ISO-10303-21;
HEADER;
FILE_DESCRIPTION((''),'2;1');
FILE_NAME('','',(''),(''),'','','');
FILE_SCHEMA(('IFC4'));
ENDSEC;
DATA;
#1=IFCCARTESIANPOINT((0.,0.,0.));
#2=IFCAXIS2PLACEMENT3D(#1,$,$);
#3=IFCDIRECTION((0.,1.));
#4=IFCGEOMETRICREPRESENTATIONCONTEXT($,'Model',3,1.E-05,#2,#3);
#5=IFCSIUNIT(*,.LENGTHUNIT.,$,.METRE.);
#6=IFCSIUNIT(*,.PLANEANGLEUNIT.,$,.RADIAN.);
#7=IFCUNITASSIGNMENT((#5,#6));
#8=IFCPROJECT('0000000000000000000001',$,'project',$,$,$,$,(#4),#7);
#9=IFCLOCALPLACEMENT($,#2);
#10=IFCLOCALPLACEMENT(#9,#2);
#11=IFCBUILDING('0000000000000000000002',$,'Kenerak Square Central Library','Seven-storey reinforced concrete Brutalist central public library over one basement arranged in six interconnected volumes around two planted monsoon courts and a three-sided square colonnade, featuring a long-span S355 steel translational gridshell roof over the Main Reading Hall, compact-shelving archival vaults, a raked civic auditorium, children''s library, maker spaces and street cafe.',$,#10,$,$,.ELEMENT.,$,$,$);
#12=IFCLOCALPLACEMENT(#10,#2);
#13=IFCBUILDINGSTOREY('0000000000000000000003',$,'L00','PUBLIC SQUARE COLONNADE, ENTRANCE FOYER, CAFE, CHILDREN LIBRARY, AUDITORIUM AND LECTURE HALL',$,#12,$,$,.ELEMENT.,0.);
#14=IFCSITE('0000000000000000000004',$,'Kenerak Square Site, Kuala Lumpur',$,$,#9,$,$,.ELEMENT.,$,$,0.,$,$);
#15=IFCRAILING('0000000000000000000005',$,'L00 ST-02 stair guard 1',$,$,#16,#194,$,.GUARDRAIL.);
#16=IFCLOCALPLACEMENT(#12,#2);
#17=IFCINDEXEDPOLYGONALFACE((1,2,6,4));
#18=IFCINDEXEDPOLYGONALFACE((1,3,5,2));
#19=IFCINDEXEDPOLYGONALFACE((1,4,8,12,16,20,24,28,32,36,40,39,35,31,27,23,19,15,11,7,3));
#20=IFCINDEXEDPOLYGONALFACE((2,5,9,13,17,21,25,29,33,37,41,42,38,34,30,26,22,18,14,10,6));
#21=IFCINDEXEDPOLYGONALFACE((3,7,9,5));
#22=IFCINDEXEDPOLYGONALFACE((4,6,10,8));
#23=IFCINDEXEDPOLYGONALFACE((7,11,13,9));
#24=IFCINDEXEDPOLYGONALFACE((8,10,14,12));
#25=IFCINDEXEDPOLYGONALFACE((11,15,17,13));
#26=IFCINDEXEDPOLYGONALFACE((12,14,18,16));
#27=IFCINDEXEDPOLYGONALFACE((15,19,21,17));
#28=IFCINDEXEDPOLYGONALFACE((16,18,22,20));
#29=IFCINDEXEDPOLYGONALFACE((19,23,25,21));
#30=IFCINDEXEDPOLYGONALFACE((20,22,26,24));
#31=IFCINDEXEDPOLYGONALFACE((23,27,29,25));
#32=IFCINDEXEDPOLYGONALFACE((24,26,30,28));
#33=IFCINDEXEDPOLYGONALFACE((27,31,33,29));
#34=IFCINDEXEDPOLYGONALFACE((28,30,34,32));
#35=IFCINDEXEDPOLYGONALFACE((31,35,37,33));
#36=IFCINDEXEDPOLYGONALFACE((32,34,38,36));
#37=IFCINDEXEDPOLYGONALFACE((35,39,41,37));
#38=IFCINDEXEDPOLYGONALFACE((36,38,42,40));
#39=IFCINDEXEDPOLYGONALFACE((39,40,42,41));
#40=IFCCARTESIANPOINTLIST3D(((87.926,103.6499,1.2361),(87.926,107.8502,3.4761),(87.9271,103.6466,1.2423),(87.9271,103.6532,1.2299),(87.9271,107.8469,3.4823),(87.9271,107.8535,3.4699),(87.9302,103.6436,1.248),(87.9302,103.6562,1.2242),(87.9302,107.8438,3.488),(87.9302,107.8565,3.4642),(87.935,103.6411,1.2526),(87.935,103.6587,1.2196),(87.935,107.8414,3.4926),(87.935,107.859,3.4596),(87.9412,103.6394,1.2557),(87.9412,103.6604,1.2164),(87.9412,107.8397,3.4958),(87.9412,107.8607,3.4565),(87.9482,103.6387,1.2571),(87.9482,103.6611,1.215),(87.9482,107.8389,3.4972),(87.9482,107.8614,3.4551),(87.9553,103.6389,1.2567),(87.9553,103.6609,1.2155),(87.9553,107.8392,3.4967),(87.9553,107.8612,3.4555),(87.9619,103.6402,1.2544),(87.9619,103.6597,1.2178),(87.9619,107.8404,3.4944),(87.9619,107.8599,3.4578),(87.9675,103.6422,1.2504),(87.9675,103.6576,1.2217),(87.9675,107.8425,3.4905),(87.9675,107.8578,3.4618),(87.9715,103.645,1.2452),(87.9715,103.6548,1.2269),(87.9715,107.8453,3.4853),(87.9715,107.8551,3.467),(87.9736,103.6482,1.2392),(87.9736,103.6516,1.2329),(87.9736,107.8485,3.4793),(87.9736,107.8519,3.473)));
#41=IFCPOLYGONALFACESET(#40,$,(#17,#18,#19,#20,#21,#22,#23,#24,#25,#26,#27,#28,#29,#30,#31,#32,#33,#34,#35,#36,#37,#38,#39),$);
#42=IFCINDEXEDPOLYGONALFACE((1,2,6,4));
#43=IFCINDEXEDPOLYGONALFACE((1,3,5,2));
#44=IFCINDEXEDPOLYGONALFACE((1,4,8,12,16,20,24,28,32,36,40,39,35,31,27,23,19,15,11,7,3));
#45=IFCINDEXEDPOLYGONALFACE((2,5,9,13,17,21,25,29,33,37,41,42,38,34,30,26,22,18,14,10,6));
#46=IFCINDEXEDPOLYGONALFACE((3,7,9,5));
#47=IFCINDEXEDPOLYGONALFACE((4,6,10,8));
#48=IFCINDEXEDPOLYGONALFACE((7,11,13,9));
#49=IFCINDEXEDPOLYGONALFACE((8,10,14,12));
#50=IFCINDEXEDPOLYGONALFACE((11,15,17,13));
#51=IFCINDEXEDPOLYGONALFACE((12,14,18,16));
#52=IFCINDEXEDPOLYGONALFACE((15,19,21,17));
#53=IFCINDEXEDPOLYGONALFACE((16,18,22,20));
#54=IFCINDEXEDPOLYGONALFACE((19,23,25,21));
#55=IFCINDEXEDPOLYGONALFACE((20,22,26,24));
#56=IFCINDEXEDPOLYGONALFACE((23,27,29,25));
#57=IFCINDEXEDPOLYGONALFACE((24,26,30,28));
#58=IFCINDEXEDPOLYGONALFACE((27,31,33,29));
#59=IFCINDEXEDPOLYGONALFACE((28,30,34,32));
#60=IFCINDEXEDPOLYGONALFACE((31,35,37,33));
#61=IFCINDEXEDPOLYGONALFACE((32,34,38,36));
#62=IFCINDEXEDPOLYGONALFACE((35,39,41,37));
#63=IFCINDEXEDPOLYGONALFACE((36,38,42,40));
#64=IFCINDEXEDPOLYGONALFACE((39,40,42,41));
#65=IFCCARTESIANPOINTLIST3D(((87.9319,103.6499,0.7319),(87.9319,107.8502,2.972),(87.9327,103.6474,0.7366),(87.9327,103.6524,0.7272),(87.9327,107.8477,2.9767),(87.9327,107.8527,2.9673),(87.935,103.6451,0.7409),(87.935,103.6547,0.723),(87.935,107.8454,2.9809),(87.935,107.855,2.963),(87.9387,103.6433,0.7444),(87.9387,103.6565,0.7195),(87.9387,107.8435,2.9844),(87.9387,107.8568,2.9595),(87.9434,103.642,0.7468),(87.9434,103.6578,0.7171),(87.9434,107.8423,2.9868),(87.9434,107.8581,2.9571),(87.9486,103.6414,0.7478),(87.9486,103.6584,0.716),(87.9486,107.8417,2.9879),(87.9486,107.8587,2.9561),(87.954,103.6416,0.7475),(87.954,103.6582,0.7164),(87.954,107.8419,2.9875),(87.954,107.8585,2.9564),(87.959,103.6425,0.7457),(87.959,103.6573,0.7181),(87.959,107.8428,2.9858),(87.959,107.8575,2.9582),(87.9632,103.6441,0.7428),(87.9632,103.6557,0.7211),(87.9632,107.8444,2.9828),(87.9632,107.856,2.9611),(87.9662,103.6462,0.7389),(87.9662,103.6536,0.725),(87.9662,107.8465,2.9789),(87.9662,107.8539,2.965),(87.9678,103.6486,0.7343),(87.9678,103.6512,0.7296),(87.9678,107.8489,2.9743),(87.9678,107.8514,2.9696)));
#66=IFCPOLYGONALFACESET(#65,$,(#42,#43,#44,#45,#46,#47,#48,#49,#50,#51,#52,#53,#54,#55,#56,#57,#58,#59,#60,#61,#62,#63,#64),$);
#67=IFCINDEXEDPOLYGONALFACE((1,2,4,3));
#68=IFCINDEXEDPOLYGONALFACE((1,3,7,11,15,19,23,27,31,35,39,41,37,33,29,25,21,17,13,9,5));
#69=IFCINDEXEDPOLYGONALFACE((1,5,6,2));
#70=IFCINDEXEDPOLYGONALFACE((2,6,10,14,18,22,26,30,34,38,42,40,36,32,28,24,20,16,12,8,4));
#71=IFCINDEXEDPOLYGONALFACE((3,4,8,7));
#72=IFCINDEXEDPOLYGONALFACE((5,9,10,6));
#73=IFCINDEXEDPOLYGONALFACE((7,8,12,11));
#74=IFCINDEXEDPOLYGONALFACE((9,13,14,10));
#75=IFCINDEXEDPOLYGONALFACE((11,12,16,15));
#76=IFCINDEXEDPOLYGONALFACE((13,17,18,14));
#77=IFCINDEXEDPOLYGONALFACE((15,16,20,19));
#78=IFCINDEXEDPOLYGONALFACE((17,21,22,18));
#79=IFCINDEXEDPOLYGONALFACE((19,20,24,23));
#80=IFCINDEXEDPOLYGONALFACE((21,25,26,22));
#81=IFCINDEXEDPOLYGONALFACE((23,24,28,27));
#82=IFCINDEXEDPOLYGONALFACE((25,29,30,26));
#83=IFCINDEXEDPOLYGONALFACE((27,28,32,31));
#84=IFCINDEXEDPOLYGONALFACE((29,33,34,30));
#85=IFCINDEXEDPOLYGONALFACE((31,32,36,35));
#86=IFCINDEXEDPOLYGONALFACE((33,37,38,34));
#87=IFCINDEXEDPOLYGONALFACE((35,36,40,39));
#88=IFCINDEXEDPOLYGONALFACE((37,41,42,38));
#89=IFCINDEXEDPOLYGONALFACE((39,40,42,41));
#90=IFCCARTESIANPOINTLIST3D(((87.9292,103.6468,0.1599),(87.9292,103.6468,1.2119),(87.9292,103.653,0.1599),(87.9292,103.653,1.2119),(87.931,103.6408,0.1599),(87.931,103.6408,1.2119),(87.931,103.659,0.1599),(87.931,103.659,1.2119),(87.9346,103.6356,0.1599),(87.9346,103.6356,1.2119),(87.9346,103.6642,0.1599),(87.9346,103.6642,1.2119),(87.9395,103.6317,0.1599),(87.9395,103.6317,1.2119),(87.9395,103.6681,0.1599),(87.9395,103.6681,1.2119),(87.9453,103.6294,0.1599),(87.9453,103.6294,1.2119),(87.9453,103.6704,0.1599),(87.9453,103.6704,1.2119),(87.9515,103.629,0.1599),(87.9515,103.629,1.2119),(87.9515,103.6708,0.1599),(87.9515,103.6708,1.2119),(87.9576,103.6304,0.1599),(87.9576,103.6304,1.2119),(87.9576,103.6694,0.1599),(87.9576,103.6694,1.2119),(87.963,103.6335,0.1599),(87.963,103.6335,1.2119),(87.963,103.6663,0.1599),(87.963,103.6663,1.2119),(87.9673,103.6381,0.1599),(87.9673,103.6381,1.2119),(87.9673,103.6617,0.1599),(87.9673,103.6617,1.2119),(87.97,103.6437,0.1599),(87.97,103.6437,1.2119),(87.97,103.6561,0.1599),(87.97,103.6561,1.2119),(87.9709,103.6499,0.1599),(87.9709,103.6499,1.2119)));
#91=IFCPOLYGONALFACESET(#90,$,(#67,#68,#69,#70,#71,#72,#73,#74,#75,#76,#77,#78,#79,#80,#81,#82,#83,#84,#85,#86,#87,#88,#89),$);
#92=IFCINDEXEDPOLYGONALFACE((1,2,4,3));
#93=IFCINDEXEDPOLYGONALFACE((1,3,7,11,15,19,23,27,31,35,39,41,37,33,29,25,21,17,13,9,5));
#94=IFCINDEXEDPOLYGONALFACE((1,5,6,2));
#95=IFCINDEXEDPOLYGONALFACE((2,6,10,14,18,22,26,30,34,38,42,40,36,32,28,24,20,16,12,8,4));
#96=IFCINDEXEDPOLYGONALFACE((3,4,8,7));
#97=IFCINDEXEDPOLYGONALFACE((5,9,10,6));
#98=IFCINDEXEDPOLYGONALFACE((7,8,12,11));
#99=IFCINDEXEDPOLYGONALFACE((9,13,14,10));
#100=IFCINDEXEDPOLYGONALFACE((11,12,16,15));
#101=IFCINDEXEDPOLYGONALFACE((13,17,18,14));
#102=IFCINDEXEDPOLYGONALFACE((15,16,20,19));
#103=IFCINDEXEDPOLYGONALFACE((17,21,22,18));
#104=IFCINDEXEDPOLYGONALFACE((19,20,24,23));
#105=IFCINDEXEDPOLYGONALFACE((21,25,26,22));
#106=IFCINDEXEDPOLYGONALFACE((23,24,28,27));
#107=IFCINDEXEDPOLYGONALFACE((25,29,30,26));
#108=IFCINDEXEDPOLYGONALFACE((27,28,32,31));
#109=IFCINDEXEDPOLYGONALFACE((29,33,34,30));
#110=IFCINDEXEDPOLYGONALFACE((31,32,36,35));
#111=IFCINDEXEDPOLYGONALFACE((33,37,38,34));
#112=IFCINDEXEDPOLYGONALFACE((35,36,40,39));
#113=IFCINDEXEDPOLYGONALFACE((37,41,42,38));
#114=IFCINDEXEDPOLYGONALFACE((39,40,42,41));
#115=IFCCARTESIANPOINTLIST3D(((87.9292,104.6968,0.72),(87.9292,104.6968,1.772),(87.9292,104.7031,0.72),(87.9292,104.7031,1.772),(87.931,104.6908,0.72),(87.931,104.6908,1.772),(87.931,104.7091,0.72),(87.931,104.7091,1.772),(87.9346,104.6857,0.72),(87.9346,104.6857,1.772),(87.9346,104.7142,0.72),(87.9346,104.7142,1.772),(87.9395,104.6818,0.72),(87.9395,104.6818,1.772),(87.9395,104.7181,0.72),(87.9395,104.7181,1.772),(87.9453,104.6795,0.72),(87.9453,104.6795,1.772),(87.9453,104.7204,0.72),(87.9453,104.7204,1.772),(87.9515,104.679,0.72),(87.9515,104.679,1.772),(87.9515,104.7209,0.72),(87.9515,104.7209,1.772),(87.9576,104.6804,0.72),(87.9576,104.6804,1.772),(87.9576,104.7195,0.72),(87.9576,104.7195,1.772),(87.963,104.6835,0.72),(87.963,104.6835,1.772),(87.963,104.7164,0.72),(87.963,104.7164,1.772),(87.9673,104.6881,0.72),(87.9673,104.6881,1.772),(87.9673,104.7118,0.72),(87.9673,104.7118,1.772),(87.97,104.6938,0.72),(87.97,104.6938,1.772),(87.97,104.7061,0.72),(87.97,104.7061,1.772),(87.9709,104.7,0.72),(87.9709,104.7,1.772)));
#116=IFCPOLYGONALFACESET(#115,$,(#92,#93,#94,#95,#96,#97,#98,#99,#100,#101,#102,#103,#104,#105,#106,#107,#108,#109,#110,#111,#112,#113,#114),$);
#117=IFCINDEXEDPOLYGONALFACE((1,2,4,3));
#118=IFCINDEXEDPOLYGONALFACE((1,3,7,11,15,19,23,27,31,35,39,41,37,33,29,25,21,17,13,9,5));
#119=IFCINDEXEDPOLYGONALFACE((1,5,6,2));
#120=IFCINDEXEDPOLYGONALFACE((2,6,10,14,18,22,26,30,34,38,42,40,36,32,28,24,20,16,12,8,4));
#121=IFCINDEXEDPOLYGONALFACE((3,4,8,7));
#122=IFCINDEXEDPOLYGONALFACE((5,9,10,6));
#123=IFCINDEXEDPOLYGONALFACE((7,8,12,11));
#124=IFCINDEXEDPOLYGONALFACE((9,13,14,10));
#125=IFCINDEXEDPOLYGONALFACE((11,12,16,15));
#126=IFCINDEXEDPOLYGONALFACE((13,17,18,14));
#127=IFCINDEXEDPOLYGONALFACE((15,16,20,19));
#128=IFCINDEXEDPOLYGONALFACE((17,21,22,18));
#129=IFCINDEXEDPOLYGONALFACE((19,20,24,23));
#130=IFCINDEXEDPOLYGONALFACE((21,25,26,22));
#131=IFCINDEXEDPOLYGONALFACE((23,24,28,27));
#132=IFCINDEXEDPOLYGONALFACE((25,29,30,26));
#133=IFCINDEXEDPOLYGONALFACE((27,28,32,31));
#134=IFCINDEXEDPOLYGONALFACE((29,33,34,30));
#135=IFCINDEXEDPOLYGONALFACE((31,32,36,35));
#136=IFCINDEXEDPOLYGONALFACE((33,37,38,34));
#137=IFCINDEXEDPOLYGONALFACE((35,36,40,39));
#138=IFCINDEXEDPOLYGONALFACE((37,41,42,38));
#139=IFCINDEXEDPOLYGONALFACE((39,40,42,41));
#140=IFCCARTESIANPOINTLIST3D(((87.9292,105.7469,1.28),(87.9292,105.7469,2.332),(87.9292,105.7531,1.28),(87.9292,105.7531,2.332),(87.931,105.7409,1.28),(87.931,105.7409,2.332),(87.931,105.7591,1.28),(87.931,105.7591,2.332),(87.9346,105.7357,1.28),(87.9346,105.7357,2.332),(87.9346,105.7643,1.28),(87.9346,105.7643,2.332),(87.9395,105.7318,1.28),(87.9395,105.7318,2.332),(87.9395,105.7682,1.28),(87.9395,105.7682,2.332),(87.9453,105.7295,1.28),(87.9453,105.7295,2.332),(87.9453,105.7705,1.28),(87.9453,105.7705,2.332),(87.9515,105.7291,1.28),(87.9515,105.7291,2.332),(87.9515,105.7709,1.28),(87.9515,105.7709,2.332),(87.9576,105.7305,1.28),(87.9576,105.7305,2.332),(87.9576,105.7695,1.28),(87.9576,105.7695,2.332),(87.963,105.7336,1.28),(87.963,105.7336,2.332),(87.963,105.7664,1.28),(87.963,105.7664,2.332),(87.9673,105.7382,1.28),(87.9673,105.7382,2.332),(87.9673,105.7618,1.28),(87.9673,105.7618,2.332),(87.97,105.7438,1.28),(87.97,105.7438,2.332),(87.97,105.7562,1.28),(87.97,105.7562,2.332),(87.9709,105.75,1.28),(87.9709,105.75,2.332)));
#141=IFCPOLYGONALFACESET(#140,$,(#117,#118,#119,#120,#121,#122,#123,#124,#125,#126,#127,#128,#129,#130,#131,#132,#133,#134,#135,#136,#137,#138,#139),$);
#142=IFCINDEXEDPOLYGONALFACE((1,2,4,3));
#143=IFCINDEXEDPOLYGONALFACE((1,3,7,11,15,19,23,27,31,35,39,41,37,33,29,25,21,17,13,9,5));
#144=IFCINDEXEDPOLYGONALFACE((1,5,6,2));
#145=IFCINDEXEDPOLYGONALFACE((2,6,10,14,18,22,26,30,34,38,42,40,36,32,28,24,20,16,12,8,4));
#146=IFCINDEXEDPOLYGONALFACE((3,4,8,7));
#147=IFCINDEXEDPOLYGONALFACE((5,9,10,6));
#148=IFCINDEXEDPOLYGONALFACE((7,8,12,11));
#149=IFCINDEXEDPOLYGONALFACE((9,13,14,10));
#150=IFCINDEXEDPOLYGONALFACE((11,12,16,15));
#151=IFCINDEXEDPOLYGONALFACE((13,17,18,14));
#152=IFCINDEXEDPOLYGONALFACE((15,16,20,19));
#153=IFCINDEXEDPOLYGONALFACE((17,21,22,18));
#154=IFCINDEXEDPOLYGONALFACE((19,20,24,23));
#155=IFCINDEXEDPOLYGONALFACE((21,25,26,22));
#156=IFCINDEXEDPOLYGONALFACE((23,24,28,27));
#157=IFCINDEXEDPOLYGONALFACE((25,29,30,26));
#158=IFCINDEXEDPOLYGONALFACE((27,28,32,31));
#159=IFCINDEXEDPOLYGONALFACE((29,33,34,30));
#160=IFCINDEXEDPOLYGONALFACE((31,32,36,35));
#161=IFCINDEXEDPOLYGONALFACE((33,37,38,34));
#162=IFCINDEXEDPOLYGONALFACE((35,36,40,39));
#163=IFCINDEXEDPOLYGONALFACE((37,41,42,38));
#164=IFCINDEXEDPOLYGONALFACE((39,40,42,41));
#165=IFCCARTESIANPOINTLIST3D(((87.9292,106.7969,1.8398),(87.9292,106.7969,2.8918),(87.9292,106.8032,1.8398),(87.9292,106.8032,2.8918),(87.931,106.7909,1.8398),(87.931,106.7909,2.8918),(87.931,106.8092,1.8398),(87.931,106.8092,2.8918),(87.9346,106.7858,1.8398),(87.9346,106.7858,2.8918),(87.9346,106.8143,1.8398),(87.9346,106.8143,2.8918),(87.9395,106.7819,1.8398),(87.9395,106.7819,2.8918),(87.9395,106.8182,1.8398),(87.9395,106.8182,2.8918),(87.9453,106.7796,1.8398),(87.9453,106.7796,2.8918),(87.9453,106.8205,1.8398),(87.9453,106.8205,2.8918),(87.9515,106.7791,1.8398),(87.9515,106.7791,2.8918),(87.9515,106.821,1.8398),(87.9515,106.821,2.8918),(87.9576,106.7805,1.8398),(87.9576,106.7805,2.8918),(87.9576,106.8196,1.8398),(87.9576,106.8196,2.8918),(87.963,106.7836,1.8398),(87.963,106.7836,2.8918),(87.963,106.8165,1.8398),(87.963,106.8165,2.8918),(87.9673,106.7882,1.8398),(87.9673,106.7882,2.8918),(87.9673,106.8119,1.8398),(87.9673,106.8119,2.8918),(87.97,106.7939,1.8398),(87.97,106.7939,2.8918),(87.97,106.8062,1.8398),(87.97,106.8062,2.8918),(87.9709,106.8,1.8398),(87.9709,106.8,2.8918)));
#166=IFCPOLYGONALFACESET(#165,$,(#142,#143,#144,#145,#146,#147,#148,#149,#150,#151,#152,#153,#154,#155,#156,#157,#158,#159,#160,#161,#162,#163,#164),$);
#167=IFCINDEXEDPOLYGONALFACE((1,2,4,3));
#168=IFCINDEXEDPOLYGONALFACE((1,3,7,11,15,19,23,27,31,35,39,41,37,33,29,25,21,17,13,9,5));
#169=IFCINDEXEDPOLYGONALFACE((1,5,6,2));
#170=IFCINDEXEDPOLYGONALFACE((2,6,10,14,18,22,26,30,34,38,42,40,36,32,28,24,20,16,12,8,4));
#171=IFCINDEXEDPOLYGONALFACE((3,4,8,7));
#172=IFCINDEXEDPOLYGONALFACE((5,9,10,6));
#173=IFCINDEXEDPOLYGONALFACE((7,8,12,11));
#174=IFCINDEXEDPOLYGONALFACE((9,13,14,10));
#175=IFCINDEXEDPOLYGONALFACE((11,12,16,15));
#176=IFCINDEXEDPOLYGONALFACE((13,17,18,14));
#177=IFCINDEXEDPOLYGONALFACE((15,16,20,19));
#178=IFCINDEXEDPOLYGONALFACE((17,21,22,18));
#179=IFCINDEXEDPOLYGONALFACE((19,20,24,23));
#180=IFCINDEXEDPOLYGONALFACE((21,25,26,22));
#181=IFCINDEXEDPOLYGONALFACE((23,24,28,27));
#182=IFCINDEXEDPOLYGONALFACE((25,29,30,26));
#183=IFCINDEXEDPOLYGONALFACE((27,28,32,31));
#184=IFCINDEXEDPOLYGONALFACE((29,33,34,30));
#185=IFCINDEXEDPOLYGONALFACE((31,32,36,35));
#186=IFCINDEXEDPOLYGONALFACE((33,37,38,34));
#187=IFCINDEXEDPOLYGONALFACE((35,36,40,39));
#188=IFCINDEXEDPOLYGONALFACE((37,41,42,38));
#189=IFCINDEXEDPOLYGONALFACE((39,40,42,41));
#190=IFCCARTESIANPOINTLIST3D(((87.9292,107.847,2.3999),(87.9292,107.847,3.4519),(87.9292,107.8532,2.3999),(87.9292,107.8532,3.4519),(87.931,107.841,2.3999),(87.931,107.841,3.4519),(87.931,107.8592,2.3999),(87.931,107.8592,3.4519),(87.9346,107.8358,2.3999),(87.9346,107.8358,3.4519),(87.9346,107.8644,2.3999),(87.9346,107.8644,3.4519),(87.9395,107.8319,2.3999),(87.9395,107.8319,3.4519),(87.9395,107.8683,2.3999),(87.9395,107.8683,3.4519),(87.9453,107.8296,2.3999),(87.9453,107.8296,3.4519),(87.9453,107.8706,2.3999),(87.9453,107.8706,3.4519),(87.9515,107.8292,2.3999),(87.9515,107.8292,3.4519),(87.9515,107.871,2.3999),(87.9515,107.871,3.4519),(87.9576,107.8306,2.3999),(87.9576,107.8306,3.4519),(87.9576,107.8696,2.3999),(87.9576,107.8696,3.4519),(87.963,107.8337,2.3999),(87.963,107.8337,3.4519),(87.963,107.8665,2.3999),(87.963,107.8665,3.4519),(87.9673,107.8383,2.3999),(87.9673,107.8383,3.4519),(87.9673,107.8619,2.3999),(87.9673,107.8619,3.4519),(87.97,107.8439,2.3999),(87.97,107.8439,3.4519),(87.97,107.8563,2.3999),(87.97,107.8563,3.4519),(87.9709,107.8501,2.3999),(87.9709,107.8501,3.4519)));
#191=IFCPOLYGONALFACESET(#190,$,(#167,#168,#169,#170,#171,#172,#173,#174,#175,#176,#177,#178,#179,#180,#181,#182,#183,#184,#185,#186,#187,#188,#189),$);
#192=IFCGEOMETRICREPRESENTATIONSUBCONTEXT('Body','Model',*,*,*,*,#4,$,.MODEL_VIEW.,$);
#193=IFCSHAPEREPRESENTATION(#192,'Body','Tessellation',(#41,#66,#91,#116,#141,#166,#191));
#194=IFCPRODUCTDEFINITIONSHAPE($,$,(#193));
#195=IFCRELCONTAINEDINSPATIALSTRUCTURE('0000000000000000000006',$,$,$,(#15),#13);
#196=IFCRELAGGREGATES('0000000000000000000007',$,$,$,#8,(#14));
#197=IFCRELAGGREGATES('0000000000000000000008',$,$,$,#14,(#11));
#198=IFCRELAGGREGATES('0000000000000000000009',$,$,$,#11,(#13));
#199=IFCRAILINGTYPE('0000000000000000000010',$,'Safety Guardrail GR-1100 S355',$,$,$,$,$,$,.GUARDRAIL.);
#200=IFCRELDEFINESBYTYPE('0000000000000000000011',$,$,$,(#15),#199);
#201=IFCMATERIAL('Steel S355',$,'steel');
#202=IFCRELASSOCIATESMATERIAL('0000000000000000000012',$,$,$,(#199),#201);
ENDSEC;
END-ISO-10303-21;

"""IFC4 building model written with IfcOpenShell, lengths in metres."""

from ifc_helpers import new_model, si_unit, direction, frame, origin, origin_2d, place, context, subcontext, project, spatial, circle, extrude, material, type_object, element, save


model = new_model("IFC4")

# Units and contexts
model_context = context("Model", 3, precision=1e-05, world=origin(), true_north=direction((0.0, 1.0)))
body_context = subcontext(model_context, "Body", "Model", "MODEL_VIEW")
ifc_project = project(units=[si_unit("LENGTHUNIT", "METRE"), si_unit("PLANEANGLEUNIT", "RADIAN")], contexts=[model_context])

# Site, building, storey
site_placement = place(None, origin())
site = spatial("IfcSite", under=ifc_project, at=site_placement, Name="Kenerak Square Site, Kuala Lumpur", CompositionType="ELEMENT", RefElevation=0.0)
building_placement = place(site_placement, origin())
building = spatial("IfcBuilding", under=site, at=building_placement, Name="Kenerak Square Central Library", Description="Seven-storey reinforced concrete Brutalist central public library over one basement arranged in six interconnected volumes around two planted monsoon courts and a three-sided square colonnade, featuring a long-span S355 steel translational gridshell roof over the Main Reading Hall, compact-shelving archival vaults, a raked civic auditorium, children's library, maker spaces and street cafe.", CompositionType="ELEMENT")
storey_placement = place(building_placement, origin())
storey = spatial("IfcBuildingStorey", under=building, at=storey_placement, Name="L00", Description="PUBLIC SQUARE COLONNADE, ENTRANCE FOYER, CAFE, CHILDREN LIBRARY, AUDITORIUM AND LECTURE HALL", CompositionType="ELEMENT", Elevation=0.0)

# Shared definitions
ifc_material_1 = material(Name="Steel S355", Category="steel")

# Railing
railing_type = type_object("IfcRailingType", Name="Safety Guardrail GR-1100 S355", PredefinedType="GUARDRAIL", material=ifc_material_1)
railing_1_placement = place(storey_placement, frame((87.95, 103.6499, 0.1599)))
element("IfcRailing", 1, at=railing_1_placement, inside=storey, type_object=railing_type, Name="L00 ST-02 stair guard 1", PredefinedType="GUARDRAIL", context=body_context, shape_type="SweptSolid", body=[
    extrude(circle(Radius=0.0239, at=origin_2d()), frame((0.0, 0.0, 1.0762), z_axis=(0.0, 0.882363, 0.47057), x_axis=(-1.0, 0.0, 0.0)), (0.0, 0.0, 1.0), 4.7603),
    extrude(circle(Radius=0.0181, at=origin_2d()), frame((0.0, 0.0, 0.572), z_axis=(0.0, 0.882363, 0.47057), x_axis=(-1.0, 0.0, 0.0)), (0.0, 0.0, 1.0), 4.7603),
    extrude(circle(Radius=0.021, at=origin_2d()), origin(), (0.0, 0.0, 1.0), 1.052),
    extrude(circle(Radius=0.021, at=origin_2d()), frame((0.0, 1.05, 0.5601)), (0.0, 0.0, 1.0), 1.052),
    extrude(circle(Radius=0.021, at=origin_2d()), frame((0.0, 2.1001, 1.1201)), (0.0, 0.0, 1.0), 1.052),
    extrude(circle(Radius=0.021, at=origin_2d()), frame((0.0, 3.1501, 1.6799)), (0.0, 0.0, 1.0), 1.052),
    extrude(circle(Radius=0.021, at=origin_2d()), frame((0.0, 4.2002, 2.24)), (0.0, 0.0, 1.0), 1.052),
])

save(model, "model.ifc")
